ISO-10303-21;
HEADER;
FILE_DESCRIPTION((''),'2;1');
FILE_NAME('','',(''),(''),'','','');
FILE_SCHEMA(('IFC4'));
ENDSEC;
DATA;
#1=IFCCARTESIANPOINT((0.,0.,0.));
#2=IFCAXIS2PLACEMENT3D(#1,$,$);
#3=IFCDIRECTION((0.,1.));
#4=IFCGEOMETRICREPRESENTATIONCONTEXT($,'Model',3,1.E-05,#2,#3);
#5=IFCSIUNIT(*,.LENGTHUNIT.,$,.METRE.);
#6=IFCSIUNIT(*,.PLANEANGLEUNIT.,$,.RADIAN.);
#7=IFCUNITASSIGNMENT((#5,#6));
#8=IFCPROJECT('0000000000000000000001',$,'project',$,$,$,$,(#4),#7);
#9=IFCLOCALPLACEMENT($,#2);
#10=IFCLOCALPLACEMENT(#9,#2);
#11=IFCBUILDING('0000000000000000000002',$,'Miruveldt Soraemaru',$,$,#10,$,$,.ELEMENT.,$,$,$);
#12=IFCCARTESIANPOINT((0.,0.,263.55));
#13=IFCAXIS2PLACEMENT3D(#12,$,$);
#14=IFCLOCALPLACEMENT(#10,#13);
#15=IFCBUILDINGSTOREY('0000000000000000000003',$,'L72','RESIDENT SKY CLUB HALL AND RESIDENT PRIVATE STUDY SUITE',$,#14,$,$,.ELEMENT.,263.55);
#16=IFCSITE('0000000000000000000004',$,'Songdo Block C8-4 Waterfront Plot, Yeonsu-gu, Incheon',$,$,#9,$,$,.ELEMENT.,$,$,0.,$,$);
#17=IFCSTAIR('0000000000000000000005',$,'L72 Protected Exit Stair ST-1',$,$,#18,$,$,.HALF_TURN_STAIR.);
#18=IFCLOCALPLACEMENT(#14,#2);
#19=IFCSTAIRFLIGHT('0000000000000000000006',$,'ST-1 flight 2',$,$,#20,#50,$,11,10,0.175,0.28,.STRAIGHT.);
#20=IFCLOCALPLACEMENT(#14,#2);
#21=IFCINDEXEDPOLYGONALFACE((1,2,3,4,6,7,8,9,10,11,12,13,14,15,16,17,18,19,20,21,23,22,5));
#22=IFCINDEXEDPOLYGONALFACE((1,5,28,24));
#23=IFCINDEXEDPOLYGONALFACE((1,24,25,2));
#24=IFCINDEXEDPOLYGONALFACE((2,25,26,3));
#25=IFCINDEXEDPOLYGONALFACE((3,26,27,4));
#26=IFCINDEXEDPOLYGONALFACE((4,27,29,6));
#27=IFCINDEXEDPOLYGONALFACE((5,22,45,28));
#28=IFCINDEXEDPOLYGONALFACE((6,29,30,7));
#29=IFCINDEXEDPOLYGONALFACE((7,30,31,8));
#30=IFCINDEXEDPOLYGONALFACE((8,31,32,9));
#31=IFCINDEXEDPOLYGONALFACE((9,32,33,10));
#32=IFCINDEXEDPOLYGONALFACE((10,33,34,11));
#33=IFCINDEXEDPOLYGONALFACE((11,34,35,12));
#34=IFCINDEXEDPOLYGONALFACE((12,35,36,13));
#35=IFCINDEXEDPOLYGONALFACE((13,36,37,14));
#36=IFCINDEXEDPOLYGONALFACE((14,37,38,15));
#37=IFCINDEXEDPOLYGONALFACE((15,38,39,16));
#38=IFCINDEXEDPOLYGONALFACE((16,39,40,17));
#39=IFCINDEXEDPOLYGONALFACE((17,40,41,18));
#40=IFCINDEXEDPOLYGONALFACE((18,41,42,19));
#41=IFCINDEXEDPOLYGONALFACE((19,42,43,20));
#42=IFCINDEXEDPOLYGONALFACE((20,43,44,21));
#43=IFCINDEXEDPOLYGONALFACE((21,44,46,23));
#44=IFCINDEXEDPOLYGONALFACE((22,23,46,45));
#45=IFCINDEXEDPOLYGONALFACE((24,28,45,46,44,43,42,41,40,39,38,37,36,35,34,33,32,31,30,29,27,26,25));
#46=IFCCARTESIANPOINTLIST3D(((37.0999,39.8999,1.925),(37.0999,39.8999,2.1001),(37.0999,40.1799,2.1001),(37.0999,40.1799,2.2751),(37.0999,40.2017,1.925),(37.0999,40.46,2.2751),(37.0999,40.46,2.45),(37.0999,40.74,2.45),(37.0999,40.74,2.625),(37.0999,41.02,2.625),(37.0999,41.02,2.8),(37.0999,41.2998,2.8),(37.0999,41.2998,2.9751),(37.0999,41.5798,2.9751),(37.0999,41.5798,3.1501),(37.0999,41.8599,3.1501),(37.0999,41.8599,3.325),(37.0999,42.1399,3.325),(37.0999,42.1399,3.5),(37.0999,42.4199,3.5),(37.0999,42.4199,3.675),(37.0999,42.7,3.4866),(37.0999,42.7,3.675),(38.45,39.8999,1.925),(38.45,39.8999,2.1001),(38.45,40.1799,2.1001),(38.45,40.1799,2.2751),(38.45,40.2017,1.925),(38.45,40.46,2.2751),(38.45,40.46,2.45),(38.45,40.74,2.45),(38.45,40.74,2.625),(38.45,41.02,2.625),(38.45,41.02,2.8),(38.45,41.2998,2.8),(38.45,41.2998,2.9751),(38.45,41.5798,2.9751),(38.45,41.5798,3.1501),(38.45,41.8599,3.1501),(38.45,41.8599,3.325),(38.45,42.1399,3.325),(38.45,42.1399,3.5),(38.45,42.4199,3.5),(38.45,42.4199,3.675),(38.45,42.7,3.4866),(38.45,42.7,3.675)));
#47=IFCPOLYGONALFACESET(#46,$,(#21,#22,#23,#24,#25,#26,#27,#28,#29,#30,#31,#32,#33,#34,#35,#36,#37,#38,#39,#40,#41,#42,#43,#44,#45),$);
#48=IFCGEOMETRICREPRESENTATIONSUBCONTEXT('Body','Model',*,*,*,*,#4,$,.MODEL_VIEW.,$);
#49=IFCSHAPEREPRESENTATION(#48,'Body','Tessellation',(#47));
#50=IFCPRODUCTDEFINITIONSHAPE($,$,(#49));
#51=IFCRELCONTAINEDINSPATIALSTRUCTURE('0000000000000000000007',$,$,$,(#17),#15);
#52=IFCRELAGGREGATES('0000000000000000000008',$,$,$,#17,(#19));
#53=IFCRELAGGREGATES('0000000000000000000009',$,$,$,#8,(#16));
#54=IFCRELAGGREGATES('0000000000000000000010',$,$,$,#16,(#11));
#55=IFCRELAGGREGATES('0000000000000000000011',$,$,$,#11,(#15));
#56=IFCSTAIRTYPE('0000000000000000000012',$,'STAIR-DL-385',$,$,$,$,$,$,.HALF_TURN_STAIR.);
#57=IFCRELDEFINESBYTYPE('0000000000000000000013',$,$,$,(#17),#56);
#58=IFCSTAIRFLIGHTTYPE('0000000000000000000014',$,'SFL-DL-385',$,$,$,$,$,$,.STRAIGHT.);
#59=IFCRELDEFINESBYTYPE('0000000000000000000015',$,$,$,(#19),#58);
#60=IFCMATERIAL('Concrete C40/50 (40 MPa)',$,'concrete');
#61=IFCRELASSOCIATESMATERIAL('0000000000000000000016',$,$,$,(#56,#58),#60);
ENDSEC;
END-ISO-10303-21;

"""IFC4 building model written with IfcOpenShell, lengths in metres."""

from ifc_helpers import new_model, si_unit, direction, frame, origin, place, context, subcontext, project, spatial, polyline, outline, extrude, material, type_object, element, aggregate, save


model = new_model("IFC4")

# Units and contexts
model_context = context("Model", 3, precision=1e-05, world=origin(), true_north=direction((0.0, 1.0)))
body_context = subcontext(model_context, "Body", "Model", "MODEL_VIEW")
ifc_project = project(units=[si_unit("LENGTHUNIT", "METRE"), si_unit("PLANEANGLEUNIT", "RADIAN")], contexts=[model_context])

# Site, building, storey
site_placement = place(None, origin())
site = spatial("IfcSite", under=ifc_project, at=site_placement, Name="Songdo Block C8-4 Waterfront Plot, Yeonsu-gu, Incheon", CompositionType="ELEMENT", RefElevation=0.0)
building_placement = place(site_placement, origin())
building = spatial("IfcBuilding", under=site, at=building_placement, Name="Miruveldt Soraemaru", CompositionType="ELEMENT")
storey_placement = place(building_placement, frame((0.0, 0.0, 263.55)))
storey = spatial("IfcBuildingStorey", under=building, at=storey_placement, Name="L72", Description="RESIDENT SKY CLUB HALL AND RESIDENT PRIVATE STUDY SUITE", CompositionType="ELEMENT", Elevation=263.55)

# Shared definitions
ifc_material_1 = material(Name="Concrete C40/50 (40 MPa)", Category="concrete")

# Stair, stair flight
stair_type = type_object("IfcStairType", Name="STAIR-DL-385", PredefinedType="HALF_TURN_STAIR", material=ifc_material_1)
stair_placement = place(storey_placement, origin())
stair = element("IfcStair", 1, at=stair_placement, inside=storey, type_object=stair_type, Name="L72 Protected Exit Stair ST-1", PredefinedType="HALF_TURN_STAIR")
stair_flight_type = type_object("IfcStairFlightType", Name="SFL-DL-385", PredefinedType="STRAIGHT", material=ifc_material_1)
stair_flight_placement = place(storey_placement, frame((37.7749, 39.8999, 1.925), z_axis=(0.0, 0.0, 1.0), x_axis=(0.0, 1.0, 0.0)))
stair_flight = element("IfcStairFlight", 2, at=stair_flight_placement, type_object=stair_flight_type, Name="ST-1 flight 2", NumberOfRisers=11, NumberOfTreads=10, PredefinedType="STRAIGHT", RiserHeight=0.175, TreadLength=0.28, context=body_context, shape_type="SweptSolid", body=[
    extrude(outline(polyline([(0.0, 0.0), (0.0, 0.175), (0.28, 0.175), (0.28, 0.3501), (0.5601, 0.3501), (0.5601, 0.5249), (0.8401, 0.5249), (0.8401, 0.7), (1.1201, 0.7), (1.1201, 0.875), (1.3999, 0.875), (1.3999, 1.05), (1.6799, 1.05), (1.6799, 1.2251), (1.96, 1.2251), (1.96, 1.3999), (2.24, 1.3999), (2.24, 1.575), (2.52, 1.575), (2.52, 1.75), (2.8, 1.75), (2.8, 1.925), (2.8, 1.5615), (0.3018, 0.0), (0.0, 0.0)])), frame((0.0, 0.675, 0.0), z_axis=(0.0, -1.0, 0.0), x_axis=(1.0, 0.0, 0.0)), (0.0, 0.0, 1.0), 1.3501),
])
aggregate(stair, [stair_flight])

save(model, "model.ifc")
